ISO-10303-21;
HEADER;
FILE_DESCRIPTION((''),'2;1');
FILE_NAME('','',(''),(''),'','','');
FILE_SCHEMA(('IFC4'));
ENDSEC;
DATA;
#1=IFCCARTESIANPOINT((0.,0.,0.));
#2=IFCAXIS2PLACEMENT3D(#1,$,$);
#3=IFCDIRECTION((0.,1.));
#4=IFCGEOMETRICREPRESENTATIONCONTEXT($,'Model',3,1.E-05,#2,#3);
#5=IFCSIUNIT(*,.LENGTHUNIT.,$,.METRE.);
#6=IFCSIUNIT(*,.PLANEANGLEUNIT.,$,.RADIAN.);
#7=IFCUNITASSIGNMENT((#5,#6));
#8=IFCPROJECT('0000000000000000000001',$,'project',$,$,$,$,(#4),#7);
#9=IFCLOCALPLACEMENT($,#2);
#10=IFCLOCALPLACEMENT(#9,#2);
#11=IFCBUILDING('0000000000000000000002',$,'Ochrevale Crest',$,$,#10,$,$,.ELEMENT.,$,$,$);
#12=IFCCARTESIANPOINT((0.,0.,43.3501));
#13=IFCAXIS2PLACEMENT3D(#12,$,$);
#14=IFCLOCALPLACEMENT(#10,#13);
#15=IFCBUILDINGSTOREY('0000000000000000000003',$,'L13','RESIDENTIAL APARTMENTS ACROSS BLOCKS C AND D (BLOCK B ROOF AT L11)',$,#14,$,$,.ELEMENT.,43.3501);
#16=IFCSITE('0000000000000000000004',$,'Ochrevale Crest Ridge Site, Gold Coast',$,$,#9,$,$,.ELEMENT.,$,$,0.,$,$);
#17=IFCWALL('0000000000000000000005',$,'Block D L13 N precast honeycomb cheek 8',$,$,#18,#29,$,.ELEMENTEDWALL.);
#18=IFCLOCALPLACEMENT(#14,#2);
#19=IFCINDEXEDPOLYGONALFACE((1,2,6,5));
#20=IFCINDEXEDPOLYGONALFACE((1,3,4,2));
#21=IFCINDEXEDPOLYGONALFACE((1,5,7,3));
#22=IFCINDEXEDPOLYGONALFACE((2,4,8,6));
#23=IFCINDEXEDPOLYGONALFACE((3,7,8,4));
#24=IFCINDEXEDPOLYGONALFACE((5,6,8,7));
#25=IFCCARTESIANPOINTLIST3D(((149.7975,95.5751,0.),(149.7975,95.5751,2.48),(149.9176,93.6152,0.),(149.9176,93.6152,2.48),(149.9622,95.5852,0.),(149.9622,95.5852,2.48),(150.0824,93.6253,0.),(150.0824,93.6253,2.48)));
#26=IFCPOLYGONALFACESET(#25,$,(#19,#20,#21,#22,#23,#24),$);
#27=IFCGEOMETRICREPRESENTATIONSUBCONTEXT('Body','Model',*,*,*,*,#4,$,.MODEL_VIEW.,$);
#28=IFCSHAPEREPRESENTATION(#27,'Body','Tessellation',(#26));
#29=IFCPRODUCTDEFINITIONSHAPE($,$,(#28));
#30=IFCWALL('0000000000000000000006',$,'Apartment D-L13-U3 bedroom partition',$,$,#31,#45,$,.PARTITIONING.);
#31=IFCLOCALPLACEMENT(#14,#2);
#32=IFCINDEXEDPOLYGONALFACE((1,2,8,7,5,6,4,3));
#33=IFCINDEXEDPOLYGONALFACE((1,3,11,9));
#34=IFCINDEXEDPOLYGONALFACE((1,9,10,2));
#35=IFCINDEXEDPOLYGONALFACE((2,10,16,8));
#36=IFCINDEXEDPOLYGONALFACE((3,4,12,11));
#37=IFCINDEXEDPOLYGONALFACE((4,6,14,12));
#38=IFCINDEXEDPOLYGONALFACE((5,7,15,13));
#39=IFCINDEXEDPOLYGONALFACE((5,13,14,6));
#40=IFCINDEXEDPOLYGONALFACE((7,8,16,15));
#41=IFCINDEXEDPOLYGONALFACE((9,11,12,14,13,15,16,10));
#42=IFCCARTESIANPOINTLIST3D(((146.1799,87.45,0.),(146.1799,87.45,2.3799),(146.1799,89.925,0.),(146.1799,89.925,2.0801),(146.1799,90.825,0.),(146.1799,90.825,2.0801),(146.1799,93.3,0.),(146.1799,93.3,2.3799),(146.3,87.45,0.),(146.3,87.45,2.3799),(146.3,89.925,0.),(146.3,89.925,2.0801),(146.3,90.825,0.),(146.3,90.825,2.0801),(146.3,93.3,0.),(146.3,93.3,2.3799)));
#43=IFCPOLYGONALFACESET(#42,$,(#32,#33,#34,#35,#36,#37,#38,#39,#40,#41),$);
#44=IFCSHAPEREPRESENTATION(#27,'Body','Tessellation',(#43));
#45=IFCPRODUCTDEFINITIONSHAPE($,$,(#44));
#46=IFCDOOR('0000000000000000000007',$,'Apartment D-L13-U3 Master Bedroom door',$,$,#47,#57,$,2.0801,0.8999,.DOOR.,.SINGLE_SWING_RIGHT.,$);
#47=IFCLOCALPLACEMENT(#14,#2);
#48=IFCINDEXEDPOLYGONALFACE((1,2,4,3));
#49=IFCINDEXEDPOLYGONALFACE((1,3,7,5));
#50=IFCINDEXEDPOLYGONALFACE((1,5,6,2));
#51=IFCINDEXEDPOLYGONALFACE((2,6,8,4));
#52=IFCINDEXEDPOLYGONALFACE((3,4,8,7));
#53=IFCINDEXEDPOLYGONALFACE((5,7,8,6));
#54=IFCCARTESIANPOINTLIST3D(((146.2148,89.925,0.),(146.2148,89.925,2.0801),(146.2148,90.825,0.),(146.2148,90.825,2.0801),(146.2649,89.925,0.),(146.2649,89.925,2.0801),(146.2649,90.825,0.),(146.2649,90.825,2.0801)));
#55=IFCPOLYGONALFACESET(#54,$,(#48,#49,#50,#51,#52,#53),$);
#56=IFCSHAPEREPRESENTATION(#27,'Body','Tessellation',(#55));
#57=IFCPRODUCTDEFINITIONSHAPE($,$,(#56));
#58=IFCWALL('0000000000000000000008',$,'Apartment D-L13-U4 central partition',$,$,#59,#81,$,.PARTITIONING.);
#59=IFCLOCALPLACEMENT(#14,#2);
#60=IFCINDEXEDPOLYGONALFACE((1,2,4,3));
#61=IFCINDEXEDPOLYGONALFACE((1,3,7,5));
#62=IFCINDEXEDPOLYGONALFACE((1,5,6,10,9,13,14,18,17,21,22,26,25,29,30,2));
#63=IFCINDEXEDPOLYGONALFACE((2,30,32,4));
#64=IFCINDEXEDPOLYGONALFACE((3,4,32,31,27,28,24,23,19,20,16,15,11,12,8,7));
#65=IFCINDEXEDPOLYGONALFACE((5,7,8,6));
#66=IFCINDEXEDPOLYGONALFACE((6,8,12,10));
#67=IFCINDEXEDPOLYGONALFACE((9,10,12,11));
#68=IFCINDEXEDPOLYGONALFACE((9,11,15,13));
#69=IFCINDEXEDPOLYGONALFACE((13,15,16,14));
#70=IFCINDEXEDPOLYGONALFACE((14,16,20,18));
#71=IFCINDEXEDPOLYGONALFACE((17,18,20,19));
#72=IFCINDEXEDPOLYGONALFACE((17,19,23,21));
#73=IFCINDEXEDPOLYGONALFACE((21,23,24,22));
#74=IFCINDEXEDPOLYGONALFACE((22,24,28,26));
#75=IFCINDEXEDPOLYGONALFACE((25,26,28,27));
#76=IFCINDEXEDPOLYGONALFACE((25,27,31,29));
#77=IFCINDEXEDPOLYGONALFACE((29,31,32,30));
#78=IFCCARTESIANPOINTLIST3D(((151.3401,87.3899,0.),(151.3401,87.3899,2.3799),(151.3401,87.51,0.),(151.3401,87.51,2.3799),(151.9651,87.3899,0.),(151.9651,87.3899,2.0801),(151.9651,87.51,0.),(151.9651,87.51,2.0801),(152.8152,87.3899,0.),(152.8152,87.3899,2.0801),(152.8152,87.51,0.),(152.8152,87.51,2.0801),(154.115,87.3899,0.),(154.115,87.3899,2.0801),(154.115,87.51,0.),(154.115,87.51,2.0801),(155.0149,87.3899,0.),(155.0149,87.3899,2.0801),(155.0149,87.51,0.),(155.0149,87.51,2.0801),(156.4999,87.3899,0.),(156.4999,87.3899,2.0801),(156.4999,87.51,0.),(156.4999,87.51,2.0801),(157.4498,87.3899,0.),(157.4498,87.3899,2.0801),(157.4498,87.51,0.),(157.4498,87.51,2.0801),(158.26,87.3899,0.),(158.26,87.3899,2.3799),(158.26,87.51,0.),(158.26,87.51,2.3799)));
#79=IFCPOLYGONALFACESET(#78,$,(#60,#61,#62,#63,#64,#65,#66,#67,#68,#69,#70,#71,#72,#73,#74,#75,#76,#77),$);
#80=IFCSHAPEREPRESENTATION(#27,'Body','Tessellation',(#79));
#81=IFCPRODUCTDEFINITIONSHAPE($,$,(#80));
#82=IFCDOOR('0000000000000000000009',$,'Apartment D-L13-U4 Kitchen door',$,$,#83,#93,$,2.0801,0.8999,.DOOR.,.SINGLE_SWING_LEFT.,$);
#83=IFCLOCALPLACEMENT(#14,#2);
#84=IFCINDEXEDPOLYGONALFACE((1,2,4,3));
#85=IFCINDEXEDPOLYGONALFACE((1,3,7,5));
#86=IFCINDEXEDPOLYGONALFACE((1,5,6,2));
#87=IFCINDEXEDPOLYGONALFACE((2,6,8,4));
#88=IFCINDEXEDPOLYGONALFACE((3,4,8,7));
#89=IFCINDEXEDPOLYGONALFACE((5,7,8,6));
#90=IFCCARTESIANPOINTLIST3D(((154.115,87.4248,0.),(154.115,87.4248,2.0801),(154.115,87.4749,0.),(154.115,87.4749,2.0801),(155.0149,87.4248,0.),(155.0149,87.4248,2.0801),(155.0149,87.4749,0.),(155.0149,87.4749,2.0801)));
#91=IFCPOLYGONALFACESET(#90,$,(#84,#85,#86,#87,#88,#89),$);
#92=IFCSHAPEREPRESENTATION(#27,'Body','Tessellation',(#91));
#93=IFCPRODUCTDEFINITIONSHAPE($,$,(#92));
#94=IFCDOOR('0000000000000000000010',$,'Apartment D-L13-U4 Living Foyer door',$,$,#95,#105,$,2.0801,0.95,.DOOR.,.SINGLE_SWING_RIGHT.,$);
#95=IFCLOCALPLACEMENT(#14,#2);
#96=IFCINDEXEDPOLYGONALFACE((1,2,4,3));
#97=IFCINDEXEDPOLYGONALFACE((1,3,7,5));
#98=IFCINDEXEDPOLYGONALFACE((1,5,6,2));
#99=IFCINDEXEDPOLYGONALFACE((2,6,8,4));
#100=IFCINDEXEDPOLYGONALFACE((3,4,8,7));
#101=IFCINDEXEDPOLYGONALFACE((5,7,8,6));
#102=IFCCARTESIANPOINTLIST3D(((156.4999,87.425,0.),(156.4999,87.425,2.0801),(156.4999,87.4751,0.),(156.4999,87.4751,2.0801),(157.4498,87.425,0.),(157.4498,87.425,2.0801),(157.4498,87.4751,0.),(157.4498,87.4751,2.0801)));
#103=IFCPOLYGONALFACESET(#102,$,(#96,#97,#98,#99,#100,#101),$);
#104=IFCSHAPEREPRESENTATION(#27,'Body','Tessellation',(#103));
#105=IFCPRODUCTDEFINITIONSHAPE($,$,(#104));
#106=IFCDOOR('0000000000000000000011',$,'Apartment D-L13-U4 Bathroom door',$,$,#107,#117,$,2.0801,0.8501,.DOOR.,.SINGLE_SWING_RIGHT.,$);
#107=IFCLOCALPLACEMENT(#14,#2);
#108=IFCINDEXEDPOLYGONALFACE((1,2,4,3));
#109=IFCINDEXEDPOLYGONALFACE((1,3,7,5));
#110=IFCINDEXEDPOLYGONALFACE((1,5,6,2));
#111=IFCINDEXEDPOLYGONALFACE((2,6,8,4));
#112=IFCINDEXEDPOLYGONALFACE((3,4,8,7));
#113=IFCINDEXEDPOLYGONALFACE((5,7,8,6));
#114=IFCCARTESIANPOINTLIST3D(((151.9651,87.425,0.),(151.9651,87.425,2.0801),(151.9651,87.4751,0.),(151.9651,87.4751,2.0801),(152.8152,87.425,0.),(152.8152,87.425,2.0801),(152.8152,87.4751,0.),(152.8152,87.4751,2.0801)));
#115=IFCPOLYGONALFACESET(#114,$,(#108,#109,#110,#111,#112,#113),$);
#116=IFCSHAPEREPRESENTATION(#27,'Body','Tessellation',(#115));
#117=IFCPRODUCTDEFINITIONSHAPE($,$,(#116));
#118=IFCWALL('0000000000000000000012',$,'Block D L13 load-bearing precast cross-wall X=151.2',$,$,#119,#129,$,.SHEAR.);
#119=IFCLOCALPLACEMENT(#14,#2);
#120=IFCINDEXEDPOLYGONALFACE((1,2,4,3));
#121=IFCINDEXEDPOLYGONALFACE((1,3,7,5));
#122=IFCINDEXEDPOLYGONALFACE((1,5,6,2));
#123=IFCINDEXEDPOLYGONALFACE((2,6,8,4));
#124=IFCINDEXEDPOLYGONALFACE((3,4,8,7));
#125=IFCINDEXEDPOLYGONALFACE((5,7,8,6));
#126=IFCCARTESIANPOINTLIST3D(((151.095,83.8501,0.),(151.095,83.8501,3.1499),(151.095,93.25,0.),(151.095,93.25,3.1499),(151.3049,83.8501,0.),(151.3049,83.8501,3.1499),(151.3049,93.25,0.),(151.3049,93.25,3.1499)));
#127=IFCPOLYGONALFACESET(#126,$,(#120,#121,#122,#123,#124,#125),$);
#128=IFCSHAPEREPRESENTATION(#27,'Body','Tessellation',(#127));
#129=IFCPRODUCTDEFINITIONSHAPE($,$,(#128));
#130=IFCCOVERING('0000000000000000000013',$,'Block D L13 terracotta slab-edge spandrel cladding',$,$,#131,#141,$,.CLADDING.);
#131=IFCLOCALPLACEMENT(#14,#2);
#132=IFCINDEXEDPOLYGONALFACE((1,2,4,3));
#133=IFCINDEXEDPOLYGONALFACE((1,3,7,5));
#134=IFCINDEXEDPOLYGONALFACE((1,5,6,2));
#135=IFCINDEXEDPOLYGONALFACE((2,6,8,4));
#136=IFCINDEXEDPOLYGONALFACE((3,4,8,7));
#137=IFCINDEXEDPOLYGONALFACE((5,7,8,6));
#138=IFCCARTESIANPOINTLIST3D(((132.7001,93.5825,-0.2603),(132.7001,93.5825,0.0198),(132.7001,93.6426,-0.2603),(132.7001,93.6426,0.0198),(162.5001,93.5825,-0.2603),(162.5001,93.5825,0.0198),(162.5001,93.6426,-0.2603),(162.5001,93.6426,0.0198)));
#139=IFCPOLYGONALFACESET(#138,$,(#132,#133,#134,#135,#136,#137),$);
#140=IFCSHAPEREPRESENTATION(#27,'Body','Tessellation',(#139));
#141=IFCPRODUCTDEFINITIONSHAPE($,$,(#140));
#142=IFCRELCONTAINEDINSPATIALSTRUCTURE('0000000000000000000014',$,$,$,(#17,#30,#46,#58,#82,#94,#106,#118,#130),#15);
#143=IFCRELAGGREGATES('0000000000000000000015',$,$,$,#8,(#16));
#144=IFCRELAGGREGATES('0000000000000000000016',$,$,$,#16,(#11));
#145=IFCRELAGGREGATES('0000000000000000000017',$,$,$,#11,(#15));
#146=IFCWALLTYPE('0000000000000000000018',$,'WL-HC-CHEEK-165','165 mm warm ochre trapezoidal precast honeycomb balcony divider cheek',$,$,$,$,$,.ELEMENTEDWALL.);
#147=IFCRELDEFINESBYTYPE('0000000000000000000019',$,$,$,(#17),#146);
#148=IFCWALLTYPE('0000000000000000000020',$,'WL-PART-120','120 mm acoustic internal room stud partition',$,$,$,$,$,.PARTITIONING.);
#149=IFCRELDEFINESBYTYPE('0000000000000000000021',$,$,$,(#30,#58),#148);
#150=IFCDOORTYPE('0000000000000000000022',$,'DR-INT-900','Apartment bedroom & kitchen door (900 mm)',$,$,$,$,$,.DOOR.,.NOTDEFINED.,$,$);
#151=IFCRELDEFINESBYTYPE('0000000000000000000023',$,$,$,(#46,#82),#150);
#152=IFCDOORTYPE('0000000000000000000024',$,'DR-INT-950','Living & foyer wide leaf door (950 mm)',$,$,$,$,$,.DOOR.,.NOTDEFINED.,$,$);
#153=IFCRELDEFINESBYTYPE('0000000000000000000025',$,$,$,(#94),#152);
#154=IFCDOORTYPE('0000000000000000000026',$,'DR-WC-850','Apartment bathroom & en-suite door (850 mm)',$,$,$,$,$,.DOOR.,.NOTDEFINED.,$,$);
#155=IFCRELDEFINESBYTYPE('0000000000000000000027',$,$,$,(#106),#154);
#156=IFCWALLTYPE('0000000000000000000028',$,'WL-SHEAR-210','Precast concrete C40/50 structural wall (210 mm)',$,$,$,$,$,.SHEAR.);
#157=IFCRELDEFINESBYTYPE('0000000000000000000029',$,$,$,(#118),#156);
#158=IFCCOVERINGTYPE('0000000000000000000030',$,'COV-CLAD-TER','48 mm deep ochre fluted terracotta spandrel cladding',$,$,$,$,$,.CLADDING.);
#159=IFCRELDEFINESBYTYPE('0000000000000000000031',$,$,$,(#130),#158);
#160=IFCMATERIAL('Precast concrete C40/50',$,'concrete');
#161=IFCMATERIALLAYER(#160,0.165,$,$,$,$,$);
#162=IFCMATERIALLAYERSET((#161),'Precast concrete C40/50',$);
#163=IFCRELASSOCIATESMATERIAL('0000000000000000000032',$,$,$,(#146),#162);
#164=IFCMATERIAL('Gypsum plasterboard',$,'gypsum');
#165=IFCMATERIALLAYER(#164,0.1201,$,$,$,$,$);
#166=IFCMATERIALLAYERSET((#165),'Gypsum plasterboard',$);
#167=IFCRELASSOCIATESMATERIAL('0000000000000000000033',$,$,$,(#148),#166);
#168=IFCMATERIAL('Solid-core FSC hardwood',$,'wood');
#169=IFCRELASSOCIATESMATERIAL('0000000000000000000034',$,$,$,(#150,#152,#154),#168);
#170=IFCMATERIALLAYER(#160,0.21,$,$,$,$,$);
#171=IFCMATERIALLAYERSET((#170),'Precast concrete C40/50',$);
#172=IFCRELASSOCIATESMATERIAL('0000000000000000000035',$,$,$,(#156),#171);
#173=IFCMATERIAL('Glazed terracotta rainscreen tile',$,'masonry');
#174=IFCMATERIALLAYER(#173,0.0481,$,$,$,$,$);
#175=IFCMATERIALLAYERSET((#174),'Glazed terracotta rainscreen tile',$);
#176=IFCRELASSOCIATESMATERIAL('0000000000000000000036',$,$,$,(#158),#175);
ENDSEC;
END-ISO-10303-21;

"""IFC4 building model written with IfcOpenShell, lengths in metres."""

from ifc_helpers import new_model, si_unit, direction, frame, frame_2d, origin, origin_2d, place, context, subcontext, project, spatial, rectangle, extrude, material, layer, layer_set, type_object, element, fill, save


model = new_model("IFC4")

# Units and contexts
model_context = context("Model", 3, precision=1e-05, world=origin(), true_north=direction((0.0, 1.0)))
body_context = subcontext(model_context, "Body", "Model", "MODEL_VIEW")
ifc_project = project(units=[si_unit("LENGTHUNIT", "METRE"), si_unit("PLANEANGLEUNIT", "RADIAN")], contexts=[model_context])

# Site, building, storey
site_placement = place(None, origin())
site = spatial("IfcSite", under=ifc_project, at=site_placement, Name="Ochrevale Crest Ridge Site, Gold Coast", CompositionType="ELEMENT", RefElevation=0.0)
building_placement = place(site_placement, origin())
building = spatial("IfcBuilding", under=site, at=building_placement, Name="Ochrevale Crest", CompositionType="ELEMENT")
storey_placement = place(building_placement, frame((0.0, 0.0, 43.3501)))
storey = spatial("IfcBuildingStorey", under=building, at=storey_placement, Name="L13", Description="RESIDENTIAL APARTMENTS ACROSS BLOCKS C AND D (BLOCK B ROOF AT L11)", CompositionType="ELEMENT", Elevation=43.3501)

# Shared definitions
ifc_material_1 = material(Name="Precast concrete C40/50", Category="concrete")

# Wall
ifc_layer_1 = layer(ifc_material_1, 0.165)
ifc_layer_set_1 = layer_set([ifc_layer_1], Name="Precast concrete C40/50")
wall_type_1 = type_object("IfcWallType", Name="WL-HC-CHEEK-165", Description="165 mm warm ochre trapezoidal precast honeycomb balcony divider cheek", PredefinedType="ELEMENTEDWALL", material=ifc_layer_set_1)
for number, where, z_axis, x_axis, name in (
    (1, (150.0, 93.6201, 0.0), (0.0, 0.0, 1.0), (-0.061171, 0.998127, 0.0), "Block D L13 N precast honeycomb cheek 8"),
):
    element("IfcWall", number, at=place(storey_placement, frame(where, z_axis=z_axis, x_axis=x_axis)), inside=storey, type_object=wall_type_1, Name=name, PredefinedType="ELEMENTEDWALL", context=body_context, shape_type="SweptSolid", body=[
        extrude(rectangle(XDim=1.9636, YDim=0.165, at=frame_2d((0.9819, 0.0))), origin(), (0.0, 0.0, 1.0), 2.48),
    ])

# Wall, opening, door
ifc_material_2 = material(Name="Gypsum plasterboard", Category="gypsum")
ifc_layer_2 = layer(ifc_material_2, 0.1201)
ifc_layer_set_2 = layer_set([ifc_layer_2], Name="Gypsum plasterboard")
wall_type_2 = type_object("IfcWallType", Name="WL-PART-120", Description="120 mm acoustic internal room stud partition", PredefinedType="PARTITIONING", material=ifc_layer_set_2)
wall_1_placement = place(storey_placement, frame((146.24, 87.45, 0.0), z_axis=(0.0, 0.0, 1.0), x_axis=(0.0, 1.0, 0.0)))
wall_1 = element("IfcWall", 2, at=wall_1_placement, inside=storey, type_object=wall_type_2, Name="Apartment D-L13-U3 bedroom partition", PredefinedType="PARTITIONING", context=body_context, shape_type="SweptSolid", body=[
    extrude(rectangle(XDim=5.8501, YDim=0.1201, at=frame_2d((2.925, 0.0))), origin(), (0.0, 0.0, 1.0), 2.3799),
])
opening_1_placement = place(wall_1_placement, frame((3.375, 0.0, 0.0), z_axis=(0.0, 0.0, 1.0), x_axis=(-1.0, 0.0, 0.0)))
opening_1 = element("IfcOpeningElement", 3, at=opening_1_placement, cuts=wall_1, PredefinedType="OPENING", context=body_context, shape_type="SweptSolid", body=[
    extrude(rectangle(XDim=0.8999, YDim=2.0801, at=frame_2d((0.45, 1.04))), frame((0.0, 0.0701, 0.0), z_axis=(0.0, -1.0, 0.0), x_axis=(1.0, 0.0, 0.0)), (0.0, 0.0, 1.0), 0.1401),
])
ifc_material_3 = material(Name="Solid-core FSC hardwood", Category="wood")
door_type_1 = type_object("IfcDoorType", Name="DR-INT-900", Description="Apartment bedroom & kitchen door (900 mm)", OperationType="NOTDEFINED", PredefinedType="DOOR", material=ifc_material_3)
door_1_placement = place(opening_1_placement, origin())
door_1 = element("IfcDoor", 4, at=door_1_placement, inside=storey, type_object=door_type_1, Name="Apartment D-L13-U3 Master Bedroom door", OperationType="SINGLE_SWING_RIGHT", OverallHeight=2.0801, OverallWidth=0.8999, PredefinedType="DOOR", context=body_context, shape_type="SweptSolid", body=[
    extrude(rectangle(XDim=0.8999, YDim=2.0801, at=frame_2d((0.45, 1.04))), frame((0.0, 0.0249, 0.0), z_axis=(0.0, -1.0, 0.0), x_axis=(1.0, 0.0, 0.0)), (0.0, 0.0, 1.0), 0.05),
])
fill(opening_1, door_1)

# Wall, openings, doors
wall_2_placement = place(storey_placement, frame((151.3401, 87.45, 0.0), z_axis=(0.0, 0.0, 1.0), x_axis=(1.0, 0.0, 0.0)))
wall_2 = element("IfcWall", 5, at=wall_2_placement, inside=storey, type_object=wall_type_2, Name="Apartment D-L13-U4 central partition", PredefinedType="PARTITIONING", context=body_context, shape_type="SweptSolid", body=[
    extrude(rectangle(XDim=6.9199, YDim=0.1201, at=frame_2d((3.46, 0.0))), origin(), (0.0, 0.0, 1.0), 2.3799),
])
opening_2_placement = place(wall_2_placement, frame((1.4751, 0.0, 0.0), z_axis=(0.0, 0.0, 1.0), x_axis=(-1.0, 0.0, 0.0)))
opening_2 = element("IfcOpeningElement", 6, at=opening_2_placement, cuts=wall_2, PredefinedType="OPENING", context=body_context, shape_type="SweptSolid", body=[
    extrude(rectangle(XDim=0.8501, YDim=2.0801, at=frame_2d((0.425, 1.04))), frame((0.0, 0.0701, 0.0), z_axis=(0.0, -1.0, 0.0), x_axis=(1.0, 0.0, 0.0)), (0.0, 0.0, 1.0), 0.1401),
])
opening_3_placement = place(wall_2_placement, frame((2.7749, 0.0, 0.0)))
opening_3 = element("IfcOpeningElement", 7, at=opening_3_placement, cuts=wall_2, PredefinedType="OPENING", context=body_context, shape_type="SweptSolid", body=[
    extrude(rectangle(XDim=0.8999, YDim=2.0801, at=frame_2d((0.45, 1.04))), frame((0.0, 0.0701, 0.0), z_axis=(0.0, -1.0, 0.0), x_axis=(1.0, 0.0, 0.0)), (0.0, 0.0, 1.0), 0.1401),
])
opening_4_placement = place(wall_2_placement, frame((6.1099, 0.0, 0.0), z_axis=(0.0, 0.0, 1.0), x_axis=(-1.0, 0.0, 0.0)))
opening_4 = element("IfcOpeningElement", 8, at=opening_4_placement, cuts=wall_2, PredefinedType="OPENING", context=body_context, shape_type="SweptSolid", body=[
    extrude(rectangle(XDim=0.95, YDim=2.0801, at=frame_2d((0.4751, 1.04))), frame((0.0, 0.0701, 0.0), z_axis=(0.0, -1.0, 0.0), x_axis=(1.0, 0.0, 0.0)), (0.0, 0.0, 1.0), 0.1401),
])
door_2_placement = place(opening_3_placement, origin())
door_2 = element("IfcDoor", 9, at=door_2_placement, inside=storey, type_object=door_type_1, Name="Apartment D-L13-U4 Kitchen door", OperationType="SINGLE_SWING_LEFT", OverallHeight=2.0801, OverallWidth=0.8999, PredefinedType="DOOR", context=body_context, shape_type="SweptSolid", body=[
    extrude(rectangle(XDim=0.8999, YDim=2.0801, at=frame_2d((0.45, 1.04))), frame((0.0, 0.0249, 0.0), z_axis=(0.0, -1.0, 0.0), x_axis=(1.0, 0.0, 0.0)), (0.0, 0.0, 1.0), 0.05),
])
fill(opening_3, door_2)
door_type_2 = type_object("IfcDoorType", Name="DR-INT-950", Description="Living & foyer wide leaf door (950 mm)", OperationType="NOTDEFINED", PredefinedType="DOOR", material=ifc_material_3)
door_3_placement = place(opening_4_placement, origin())
door_3 = element("IfcDoor", 10, at=door_3_placement, inside=storey, type_object=door_type_2, Name="Apartment D-L13-U4 Living Foyer door", OperationType="SINGLE_SWING_RIGHT", OverallHeight=2.0801, OverallWidth=0.95, PredefinedType="DOOR", context=body_context, shape_type="SweptSolid", body=[
    extrude(rectangle(XDim=0.95, YDim=2.0801, at=frame_2d((0.4751, 1.04))), frame((0.0, 0.0249, 0.0), z_axis=(0.0, -1.0, 0.0), x_axis=(1.0, 0.0, 0.0)), (0.0, 0.0, 1.0), 0.05),
])
fill(opening_4, door_3)
door_type_3 = type_object("IfcDoorType", Name="DR-WC-850", Description="Apartment bathroom & en-suite door (850 mm)", OperationType="NOTDEFINED", PredefinedType="DOOR", material=ifc_material_3)
door_4_placement = place(opening_2_placement, origin())
door_4 = element("IfcDoor", 11, at=door_4_placement, inside=storey, type_object=door_type_3, Name="Apartment D-L13-U4 Bathroom door", OperationType="SINGLE_SWING_RIGHT", OverallHeight=2.0801, OverallWidth=0.8501, PredefinedType="DOOR", context=body_context, shape_type="SweptSolid", body=[
    extrude(rectangle(XDim=0.8501, YDim=2.0801, at=frame_2d((0.425, 1.04))), frame((0.0, 0.0249, 0.0), z_axis=(0.0, -1.0, 0.0), x_axis=(1.0, 0.0, 0.0)), (0.0, 0.0, 1.0), 0.05),
])
fill(opening_2, door_4)

# Wall
ifc_layer_3 = layer(ifc_material_1, 0.21)
ifc_layer_set_3 = layer_set([ifc_layer_3], Name="Precast concrete C40/50")
wall_type_3 = type_object("IfcWallType", Name="WL-SHEAR-210", Description="Precast concrete C40/50 structural wall (210 mm)", PredefinedType="SHEAR", material=ifc_layer_set_3)
wall_3_placement = place(storey_placement, frame((151.2, 83.8501, 0.0), z_axis=(0.0, 0.0, 1.0), x_axis=(0.0, 1.0, 0.0)))
element("IfcWall", 12, at=wall_3_placement, inside=storey, type_object=wall_type_3, Name="Block D L13 load-bearing precast cross-wall X=151.2", PredefinedType="SHEAR", context=body_context, shape_type="SweptSolid", body=[
    extrude(rectangle(XDim=9.3999, YDim=0.21, at=frame_2d((4.7, 0.0))), origin(), (0.0, 0.0, 1.0), 3.1499),
])

# Covering
ifc_material_4 = material(Name="Glazed terracotta rainscreen tile", Category="masonry")
ifc_layer_4 = layer(ifc_material_4, 0.0481)
ifc_layer_set_4 = layer_set([ifc_layer_4], Name="Glazed terracotta rainscreen tile")
covering_type = type_object("IfcCoveringType", Name="COV-CLAD-TER", Description="48 mm deep ochre fluted terracotta spandrel cladding", PredefinedType="CLADDING", material=ifc_layer_set_4)
covering_placement = place(storey_placement, frame((147.6001, 93.6125, -0.2603), z_axis=(0.0, 0.0, 1.0), x_axis=(-1.0, 0.0, 0.0)))
element("IfcCovering", 13, at=covering_placement, inside=storey, type_object=covering_type, Name="Block D L13 terracotta slab-edge spandrel cladding", PredefinedType="CLADDING", context=body_context, shape_type="SweptSolid", body=[
    extrude(rectangle(XDim=29.8, YDim=0.0601, at=origin_2d()), origin(), (0.0, 0.0, 1.0), 0.28),
])

save(model, "model.ifc")
